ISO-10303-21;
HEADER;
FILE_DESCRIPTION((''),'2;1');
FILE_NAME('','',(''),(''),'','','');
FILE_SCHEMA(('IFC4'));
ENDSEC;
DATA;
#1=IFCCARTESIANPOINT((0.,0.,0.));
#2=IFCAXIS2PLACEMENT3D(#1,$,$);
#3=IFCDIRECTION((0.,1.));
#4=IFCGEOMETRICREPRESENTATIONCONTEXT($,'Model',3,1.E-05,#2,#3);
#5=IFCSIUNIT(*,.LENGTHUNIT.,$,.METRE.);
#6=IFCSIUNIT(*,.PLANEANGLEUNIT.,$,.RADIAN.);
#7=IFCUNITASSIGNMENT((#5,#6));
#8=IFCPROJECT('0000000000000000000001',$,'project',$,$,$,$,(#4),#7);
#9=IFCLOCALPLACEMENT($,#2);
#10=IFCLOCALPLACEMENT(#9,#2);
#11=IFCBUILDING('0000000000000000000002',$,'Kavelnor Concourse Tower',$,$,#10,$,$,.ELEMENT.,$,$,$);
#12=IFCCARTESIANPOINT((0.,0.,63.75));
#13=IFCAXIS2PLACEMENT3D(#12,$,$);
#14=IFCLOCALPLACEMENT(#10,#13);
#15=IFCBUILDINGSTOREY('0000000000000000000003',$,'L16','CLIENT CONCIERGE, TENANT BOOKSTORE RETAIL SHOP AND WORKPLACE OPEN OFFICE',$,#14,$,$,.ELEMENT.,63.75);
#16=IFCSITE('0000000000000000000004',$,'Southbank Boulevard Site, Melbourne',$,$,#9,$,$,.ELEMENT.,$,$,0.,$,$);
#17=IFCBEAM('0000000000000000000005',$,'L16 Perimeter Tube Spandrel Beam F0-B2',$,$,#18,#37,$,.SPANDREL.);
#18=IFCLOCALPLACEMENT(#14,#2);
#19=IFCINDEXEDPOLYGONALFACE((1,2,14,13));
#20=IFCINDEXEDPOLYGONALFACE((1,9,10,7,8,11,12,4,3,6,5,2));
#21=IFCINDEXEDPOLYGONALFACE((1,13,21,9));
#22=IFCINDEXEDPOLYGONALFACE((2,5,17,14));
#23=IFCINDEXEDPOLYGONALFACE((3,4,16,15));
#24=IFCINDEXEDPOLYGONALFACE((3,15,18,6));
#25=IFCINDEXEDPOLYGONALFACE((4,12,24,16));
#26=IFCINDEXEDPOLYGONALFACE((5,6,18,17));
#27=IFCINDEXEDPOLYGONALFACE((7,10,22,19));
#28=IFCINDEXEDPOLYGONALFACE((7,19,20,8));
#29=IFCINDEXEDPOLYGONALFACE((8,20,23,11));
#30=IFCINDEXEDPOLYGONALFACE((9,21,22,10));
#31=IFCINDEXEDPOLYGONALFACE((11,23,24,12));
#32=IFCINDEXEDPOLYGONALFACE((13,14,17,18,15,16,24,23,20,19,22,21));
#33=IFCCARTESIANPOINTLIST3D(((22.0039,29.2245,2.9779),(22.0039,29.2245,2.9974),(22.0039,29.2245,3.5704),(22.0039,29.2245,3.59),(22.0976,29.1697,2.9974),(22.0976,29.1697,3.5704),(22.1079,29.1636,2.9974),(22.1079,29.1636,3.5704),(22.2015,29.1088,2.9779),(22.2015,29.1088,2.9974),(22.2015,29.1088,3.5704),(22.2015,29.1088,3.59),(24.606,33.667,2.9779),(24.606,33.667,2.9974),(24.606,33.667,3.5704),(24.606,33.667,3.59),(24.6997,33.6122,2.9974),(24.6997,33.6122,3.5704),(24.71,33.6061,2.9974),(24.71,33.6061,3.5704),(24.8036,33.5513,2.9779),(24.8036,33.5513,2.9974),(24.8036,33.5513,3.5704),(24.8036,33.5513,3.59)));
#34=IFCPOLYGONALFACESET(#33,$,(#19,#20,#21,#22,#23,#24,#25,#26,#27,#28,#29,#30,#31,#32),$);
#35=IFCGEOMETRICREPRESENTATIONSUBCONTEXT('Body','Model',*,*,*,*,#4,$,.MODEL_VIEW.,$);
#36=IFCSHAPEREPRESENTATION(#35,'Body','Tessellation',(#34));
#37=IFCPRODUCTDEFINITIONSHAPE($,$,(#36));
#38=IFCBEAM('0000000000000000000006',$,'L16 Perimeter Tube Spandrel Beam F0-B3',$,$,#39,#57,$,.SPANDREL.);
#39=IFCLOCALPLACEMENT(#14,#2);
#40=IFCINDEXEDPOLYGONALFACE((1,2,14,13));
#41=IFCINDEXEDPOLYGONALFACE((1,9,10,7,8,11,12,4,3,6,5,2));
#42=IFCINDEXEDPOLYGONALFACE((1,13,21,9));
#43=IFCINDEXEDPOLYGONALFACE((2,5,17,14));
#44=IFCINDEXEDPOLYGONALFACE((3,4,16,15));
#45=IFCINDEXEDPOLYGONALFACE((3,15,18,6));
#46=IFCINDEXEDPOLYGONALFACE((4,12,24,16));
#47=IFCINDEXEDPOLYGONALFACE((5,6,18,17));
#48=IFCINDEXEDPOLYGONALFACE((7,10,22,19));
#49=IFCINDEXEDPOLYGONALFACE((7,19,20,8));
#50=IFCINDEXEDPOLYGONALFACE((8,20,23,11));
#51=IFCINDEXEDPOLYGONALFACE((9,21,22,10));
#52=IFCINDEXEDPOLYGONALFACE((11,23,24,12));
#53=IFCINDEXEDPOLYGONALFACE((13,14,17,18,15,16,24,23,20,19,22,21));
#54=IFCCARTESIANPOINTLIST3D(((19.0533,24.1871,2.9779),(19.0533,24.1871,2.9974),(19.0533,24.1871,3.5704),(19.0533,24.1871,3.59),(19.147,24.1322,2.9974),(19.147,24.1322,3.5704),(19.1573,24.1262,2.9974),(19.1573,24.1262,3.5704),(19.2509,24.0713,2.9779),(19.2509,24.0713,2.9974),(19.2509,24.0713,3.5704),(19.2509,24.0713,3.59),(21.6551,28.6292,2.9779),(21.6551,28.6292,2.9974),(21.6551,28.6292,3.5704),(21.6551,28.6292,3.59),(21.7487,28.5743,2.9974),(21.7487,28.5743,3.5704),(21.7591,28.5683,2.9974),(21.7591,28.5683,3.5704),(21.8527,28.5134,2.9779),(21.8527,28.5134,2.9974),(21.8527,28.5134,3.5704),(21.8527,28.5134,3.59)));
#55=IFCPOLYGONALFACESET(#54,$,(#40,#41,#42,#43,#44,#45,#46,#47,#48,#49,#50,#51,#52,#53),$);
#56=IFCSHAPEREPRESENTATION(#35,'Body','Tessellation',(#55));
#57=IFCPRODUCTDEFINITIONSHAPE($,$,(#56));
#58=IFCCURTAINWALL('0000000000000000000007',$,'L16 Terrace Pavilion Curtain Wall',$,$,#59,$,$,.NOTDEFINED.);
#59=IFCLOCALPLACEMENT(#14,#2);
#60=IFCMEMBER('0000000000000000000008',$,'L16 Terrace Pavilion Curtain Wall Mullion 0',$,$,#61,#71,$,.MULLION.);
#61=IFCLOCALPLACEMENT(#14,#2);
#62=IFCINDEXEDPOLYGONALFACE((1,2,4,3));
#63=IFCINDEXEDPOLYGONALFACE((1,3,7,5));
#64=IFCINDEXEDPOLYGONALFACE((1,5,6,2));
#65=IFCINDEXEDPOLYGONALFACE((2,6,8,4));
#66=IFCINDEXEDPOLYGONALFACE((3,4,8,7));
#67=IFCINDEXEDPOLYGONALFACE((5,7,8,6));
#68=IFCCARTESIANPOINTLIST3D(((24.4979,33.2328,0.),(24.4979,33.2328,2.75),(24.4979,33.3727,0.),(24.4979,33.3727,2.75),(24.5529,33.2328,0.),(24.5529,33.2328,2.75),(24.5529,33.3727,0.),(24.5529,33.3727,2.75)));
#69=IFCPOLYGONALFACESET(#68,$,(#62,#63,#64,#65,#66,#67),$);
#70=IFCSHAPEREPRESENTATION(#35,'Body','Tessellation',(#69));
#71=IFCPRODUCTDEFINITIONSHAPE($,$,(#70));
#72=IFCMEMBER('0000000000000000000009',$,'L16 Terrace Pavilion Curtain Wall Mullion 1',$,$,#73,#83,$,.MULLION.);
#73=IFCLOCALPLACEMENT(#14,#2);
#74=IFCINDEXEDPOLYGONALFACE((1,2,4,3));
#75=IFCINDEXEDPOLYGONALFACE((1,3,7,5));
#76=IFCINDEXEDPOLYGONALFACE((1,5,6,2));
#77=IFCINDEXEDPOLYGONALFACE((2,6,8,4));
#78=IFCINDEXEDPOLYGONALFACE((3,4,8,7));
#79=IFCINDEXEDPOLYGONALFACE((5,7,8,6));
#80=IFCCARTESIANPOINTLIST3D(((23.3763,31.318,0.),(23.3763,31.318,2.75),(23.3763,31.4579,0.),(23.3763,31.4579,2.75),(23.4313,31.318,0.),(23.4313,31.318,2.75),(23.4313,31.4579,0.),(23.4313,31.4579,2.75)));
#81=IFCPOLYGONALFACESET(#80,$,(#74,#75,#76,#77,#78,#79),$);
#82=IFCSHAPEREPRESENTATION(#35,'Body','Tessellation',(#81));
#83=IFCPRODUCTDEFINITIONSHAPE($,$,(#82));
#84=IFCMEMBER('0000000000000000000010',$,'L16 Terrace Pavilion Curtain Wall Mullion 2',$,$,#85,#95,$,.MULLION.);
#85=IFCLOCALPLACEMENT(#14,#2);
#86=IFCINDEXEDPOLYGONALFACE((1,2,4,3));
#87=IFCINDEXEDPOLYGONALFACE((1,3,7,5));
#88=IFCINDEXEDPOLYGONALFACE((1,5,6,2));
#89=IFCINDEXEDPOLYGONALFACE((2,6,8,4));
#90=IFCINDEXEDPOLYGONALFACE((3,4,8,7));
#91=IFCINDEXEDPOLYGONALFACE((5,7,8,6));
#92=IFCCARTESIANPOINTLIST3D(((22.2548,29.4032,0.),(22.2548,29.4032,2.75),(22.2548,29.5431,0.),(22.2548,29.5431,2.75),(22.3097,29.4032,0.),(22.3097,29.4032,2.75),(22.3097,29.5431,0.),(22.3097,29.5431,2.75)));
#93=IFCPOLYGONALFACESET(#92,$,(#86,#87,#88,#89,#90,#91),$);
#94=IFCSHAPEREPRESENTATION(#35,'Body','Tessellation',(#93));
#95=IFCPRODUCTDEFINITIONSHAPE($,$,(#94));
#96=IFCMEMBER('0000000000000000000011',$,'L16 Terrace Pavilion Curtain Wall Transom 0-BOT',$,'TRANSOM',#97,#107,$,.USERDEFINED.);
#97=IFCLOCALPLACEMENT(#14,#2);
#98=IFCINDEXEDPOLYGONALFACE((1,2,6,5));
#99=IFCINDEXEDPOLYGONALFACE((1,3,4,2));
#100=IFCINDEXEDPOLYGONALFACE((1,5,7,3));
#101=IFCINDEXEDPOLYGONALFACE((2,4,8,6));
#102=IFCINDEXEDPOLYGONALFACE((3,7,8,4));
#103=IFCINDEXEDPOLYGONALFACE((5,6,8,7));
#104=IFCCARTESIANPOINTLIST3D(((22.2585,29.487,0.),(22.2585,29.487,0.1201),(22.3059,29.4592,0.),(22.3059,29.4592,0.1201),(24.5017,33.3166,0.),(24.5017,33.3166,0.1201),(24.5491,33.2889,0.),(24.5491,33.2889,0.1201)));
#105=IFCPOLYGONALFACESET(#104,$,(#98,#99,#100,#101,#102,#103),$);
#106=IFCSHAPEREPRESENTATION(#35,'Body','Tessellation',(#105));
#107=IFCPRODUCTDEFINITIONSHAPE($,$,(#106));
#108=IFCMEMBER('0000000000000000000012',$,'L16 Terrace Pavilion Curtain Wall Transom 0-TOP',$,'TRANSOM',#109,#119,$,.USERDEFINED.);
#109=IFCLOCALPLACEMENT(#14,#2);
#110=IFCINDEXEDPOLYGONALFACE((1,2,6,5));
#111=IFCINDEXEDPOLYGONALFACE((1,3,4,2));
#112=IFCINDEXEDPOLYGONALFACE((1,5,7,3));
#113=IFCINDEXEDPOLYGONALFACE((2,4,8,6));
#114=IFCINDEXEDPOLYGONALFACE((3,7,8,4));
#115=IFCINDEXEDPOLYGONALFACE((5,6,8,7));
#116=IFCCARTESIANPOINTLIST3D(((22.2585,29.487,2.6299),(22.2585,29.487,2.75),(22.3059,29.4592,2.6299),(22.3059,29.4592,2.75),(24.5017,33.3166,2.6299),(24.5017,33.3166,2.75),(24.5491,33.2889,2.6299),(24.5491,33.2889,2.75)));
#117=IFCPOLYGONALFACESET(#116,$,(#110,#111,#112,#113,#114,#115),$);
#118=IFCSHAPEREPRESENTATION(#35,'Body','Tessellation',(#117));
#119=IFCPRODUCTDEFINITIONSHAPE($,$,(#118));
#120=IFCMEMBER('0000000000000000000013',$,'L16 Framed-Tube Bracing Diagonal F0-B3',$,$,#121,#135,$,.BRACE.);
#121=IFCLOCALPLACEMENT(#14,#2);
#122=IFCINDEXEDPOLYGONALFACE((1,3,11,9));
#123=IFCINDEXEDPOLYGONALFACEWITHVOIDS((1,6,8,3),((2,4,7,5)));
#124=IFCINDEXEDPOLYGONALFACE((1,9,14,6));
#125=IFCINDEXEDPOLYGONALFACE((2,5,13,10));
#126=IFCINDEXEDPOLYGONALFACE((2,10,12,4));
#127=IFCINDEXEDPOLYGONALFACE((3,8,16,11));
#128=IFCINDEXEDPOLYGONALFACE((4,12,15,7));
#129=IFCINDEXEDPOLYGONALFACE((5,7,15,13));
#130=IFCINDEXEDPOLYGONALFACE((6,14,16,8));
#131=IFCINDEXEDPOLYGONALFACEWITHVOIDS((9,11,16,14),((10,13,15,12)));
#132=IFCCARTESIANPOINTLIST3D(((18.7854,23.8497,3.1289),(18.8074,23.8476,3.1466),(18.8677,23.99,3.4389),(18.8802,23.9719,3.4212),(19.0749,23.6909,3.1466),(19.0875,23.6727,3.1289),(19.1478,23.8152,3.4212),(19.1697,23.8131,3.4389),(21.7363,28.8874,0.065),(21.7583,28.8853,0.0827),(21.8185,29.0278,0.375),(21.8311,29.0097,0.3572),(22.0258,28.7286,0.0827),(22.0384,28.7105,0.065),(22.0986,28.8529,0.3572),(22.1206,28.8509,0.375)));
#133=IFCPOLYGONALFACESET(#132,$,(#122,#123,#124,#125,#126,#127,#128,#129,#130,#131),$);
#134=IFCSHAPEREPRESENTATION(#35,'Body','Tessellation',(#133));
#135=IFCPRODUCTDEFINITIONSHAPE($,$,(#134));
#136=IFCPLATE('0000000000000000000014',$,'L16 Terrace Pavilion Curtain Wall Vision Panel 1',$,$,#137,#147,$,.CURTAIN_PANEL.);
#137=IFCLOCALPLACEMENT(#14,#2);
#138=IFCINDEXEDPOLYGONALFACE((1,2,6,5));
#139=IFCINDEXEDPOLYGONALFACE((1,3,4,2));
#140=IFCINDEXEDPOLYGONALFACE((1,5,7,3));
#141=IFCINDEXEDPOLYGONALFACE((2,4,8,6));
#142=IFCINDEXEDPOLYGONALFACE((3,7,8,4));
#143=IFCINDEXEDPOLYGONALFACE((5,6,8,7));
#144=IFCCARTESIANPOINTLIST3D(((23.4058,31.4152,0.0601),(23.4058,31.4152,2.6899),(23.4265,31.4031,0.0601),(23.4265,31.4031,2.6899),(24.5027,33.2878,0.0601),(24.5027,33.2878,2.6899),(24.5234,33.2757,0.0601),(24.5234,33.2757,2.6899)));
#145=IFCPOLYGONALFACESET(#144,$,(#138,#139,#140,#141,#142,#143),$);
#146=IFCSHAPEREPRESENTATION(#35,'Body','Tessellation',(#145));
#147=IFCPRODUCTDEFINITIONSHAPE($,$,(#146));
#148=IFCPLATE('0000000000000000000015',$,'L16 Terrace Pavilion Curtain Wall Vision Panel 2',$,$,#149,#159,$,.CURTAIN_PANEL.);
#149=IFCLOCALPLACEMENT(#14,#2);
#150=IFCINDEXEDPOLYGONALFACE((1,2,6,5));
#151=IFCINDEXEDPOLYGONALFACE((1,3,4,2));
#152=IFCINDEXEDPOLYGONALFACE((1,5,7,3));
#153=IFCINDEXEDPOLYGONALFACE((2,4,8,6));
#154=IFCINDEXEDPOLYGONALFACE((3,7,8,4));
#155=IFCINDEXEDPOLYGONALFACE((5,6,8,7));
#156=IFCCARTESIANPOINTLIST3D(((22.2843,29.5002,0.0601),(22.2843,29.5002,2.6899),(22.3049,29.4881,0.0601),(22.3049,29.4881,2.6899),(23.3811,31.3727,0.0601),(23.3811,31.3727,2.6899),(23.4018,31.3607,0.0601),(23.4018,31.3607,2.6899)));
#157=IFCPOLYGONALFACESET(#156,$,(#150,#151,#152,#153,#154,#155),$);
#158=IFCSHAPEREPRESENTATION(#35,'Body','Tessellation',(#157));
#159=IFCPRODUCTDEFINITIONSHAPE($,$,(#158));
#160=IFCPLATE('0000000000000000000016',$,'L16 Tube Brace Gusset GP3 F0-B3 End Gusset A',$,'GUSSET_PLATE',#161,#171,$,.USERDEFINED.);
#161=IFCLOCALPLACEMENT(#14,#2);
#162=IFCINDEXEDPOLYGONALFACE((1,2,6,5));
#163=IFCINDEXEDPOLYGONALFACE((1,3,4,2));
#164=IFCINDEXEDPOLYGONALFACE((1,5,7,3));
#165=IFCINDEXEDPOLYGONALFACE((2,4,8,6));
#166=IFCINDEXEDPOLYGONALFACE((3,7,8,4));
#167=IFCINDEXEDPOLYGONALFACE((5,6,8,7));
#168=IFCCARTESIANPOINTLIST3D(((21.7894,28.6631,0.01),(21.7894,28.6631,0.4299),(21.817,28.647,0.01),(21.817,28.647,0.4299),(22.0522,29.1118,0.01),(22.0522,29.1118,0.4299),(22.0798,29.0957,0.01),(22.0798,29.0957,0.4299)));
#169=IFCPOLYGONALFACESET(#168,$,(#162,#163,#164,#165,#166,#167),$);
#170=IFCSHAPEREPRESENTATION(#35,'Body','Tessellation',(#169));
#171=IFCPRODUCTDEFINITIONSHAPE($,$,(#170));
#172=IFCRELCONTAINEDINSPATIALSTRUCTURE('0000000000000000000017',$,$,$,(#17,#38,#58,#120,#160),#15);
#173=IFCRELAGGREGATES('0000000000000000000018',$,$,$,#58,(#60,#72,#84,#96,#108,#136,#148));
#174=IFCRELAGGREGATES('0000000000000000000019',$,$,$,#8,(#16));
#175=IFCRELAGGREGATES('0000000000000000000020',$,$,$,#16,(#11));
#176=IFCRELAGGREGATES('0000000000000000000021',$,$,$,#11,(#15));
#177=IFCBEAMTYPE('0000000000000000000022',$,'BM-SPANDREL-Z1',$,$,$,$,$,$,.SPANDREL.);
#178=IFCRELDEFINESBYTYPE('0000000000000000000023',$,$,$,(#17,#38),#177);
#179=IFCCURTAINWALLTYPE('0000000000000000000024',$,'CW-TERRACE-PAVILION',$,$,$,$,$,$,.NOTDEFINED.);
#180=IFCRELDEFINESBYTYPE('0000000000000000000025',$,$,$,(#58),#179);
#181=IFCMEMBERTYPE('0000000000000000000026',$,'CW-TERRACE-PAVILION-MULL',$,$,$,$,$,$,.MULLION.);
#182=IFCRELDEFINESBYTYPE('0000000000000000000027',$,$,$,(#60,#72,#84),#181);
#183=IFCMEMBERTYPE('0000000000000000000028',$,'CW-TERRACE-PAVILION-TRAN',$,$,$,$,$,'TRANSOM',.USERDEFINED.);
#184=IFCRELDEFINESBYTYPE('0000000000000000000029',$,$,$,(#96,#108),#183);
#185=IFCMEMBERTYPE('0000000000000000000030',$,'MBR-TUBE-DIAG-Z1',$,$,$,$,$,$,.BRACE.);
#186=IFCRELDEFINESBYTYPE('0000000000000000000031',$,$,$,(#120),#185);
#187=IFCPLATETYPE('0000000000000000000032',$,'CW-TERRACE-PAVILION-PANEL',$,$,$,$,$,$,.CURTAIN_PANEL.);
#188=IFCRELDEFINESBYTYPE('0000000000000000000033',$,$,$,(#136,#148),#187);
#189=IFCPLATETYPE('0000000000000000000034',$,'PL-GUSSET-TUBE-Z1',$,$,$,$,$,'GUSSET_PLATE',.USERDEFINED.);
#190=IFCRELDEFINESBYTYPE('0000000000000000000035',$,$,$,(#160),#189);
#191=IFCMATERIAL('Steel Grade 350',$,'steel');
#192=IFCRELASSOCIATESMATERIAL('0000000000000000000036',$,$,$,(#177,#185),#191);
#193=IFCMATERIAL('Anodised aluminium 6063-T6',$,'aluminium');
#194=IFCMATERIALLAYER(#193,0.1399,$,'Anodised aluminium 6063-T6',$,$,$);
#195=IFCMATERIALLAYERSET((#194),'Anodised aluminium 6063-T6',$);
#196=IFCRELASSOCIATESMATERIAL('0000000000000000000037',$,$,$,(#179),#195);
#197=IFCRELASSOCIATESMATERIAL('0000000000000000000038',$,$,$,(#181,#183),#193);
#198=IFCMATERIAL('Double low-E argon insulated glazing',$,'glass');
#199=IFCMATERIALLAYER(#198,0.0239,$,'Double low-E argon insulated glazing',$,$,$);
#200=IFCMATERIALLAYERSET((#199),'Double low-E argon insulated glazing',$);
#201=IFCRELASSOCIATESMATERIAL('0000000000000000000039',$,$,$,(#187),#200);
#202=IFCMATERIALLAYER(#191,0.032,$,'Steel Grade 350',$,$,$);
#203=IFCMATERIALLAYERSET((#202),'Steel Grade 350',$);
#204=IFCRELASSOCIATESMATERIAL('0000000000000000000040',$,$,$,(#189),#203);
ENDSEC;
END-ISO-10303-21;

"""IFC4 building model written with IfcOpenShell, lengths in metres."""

from ifc_helpers import new_model, si_unit, direction, frame, origin, origin_2d, place, context, subcontext, project, spatial, rectangle, hollow_rectangle, i_section, extrude, material, layer, layer_set, material_profile, profile_set, type_object, element, aggregate, save


model = new_model("IFC4")

# Units and contexts
model_context = context("Model", 3, precision=1e-05, world=origin(), true_north=direction((0.0, 1.0)))
body_context = subcontext(model_context, "Body", "Model", "MODEL_VIEW")
ifc_project = project(units=[si_unit("LENGTHUNIT", "METRE"), si_unit("PLANEANGLEUNIT", "RADIAN")], contexts=[model_context])

# Site, building, storey
site_placement = place(None, origin())
site = spatial("IfcSite", under=ifc_project, at=site_placement, Name="Southbank Boulevard Site, Melbourne", CompositionType="ELEMENT", RefElevation=0.0)
building_placement = place(site_placement, origin())
building = spatial("IfcBuilding", under=site, at=building_placement, Name="Kavelnor Concourse Tower", CompositionType="ELEMENT")
storey_placement = place(building_placement, frame((0.0, 0.0, 63.75)))
storey = spatial("IfcBuildingStorey", under=building, at=storey_placement, Name="L16", Description="CLIENT CONCIERGE, TENANT BOOKSTORE RETAIL SHOP AND WORKPLACE OPEN OFFICE", CompositionType="ELEMENT", Elevation=63.75)

# Shared definitions
ifc_material_1 = material(Name="Steel Grade 350", Category="steel")

# Beams
ifc_material_profile_1 = material_profile(ifc_material_1, i_section(OverallWidth=0.229, OverallDepth=0.6121, WebThickness=0.012, FlangeThickness=0.0195, at=origin_2d()), Name="610UB125")
ifc_profile_set_1 = profile_set([ifc_material_profile_1], Name="Steel Grade 350")
beam_type_1 = type_object("IfcBeamType", Name="BM-SPANDREL-Z1", PredefinedType="SPANDREL", material=ifc_profile_set_1)
for number, where, z_axis, x_axis, name in (
    (1, (24.7048, 33.6091, 3.2839), (-0.505415, -0.862876, 0.0), (0.862876, -0.505415, 0.0), "L16 Perimeter Tube Spandrel Beam F0-B2"),
):
    element("IfcBeam", number, at=place(storey_placement, frame(where, z_axis=z_axis, x_axis=x_axis)), inside=storey, type_object=beam_type_1, Name=name, PredefinedType="SPANDREL", context=body_context, shape_type="SweptSolid", body=[
        extrude(i_section(OverallWidth=0.229, OverallDepth=0.6121, WebThickness=0.012, FlangeThickness=0.0195, at=origin_2d()), origin(), (0.0, 0.0, 1.0), 5.1484),
    ])
beam_1_placement = place(storey_placement, frame((21.7539, 28.5713, 3.2839), z_axis=(-0.505401, -0.862885, 0.0), x_axis=(0.862885, -0.505401, 0.0)))
element("IfcBeam", 2, at=beam_1_placement, inside=storey, type_object=beam_type_1, Name="L16 Perimeter Tube Spandrel Beam F0-B3", PredefinedType="SPANDREL", context=body_context, shape_type="SweptSolid", body=[
    extrude(i_section(OverallWidth=0.229, OverallDepth=0.6121, WebThickness=0.012, FlangeThickness=0.0195, at=origin_2d()), origin(), (0.0, 0.0, 1.0), 5.1479),
])

# Curtain wall, members
ifc_material_2 = material(Name="Anodised aluminium 6063-T6", Category="aluminium")
ifc_layer_1 = layer(ifc_material_2, 0.1399, Name="Anodised aluminium 6063-T6")
ifc_layer_set_1 = layer_set([ifc_layer_1], Name="Anodised aluminium 6063-T6")
curtain_wall_type = type_object("IfcCurtainWallType", Name="CW-TERRACE-PAVILION", PredefinedType="NOTDEFINED", material=ifc_layer_set_1)
curtain_wall_placement = place(storey_placement, origin())
curtain_wall = element("IfcCurtainWall", 3, at=curtain_wall_placement, inside=storey, type_object=curtain_wall_type, Name="L16 Terrace Pavilion Curtain Wall", PredefinedType="NOTDEFINED")
ifc_material_profile_2 = material_profile(ifc_material_2, rectangle(XDim=0.0549, YDim=0.1399, at=origin_2d()), Name="AL-MULL 55x140")
ifc_profile_set_2 = profile_set([ifc_material_profile_2], Name="Anodised aluminium 6063-T6")
member_type_1 = type_object("IfcMemberType", Name="CW-TERRACE-PAVILION-MULL", PredefinedType="MULLION", material=ifc_profile_set_2)
member_1_placement = place(storey_placement, frame((24.5254, 33.3027, 0.0), z_axis=(0.0, 0.0, 1.0), x_axis=(1.0, 0.0, 0.0)))
member_1 = element("IfcMember", 4, at=member_1_placement, type_object=member_type_1, Name="L16 Terrace Pavilion Curtain Wall Mullion 0", PredefinedType="MULLION", context=body_context, shape_type="SweptSolid", body=[
    extrude(rectangle(XDim=0.0549, YDim=0.1399, at=origin_2d()), origin(), (0.0, 0.0, 1.0), 2.75),
])
member_2_placement = place(storey_placement, frame((23.4038, 31.3879, 0.0), z_axis=(0.0, 0.0, 1.0), x_axis=(1.0, 0.0, 0.0)))
member_2 = element("IfcMember", 5, at=member_2_placement, type_object=member_type_1, Name="L16 Terrace Pavilion Curtain Wall Mullion 1", PredefinedType="MULLION", context=body_context, shape_type="SweptSolid", body=[
    extrude(rectangle(XDim=0.0549, YDim=0.1399, at=origin_2d()), origin(), (0.0, 0.0, 1.0), 2.75),
])
member_3_placement = place(storey_placement, frame((22.2822, 29.4731, 0.0), z_axis=(0.0, 0.0, 1.0), x_axis=(1.0, 0.0, 0.0)))
member_3 = element("IfcMember", 6, at=member_3_placement, type_object=member_type_1, Name="L16 Terrace Pavilion Curtain Wall Mullion 2", PredefinedType="MULLION", context=body_context, shape_type="SweptSolid", body=[
    extrude(rectangle(XDim=0.0549, YDim=0.1399, at=origin_2d()), origin(), (0.0, 0.0, 1.0), 2.75),
])
ifc_material_profile_3 = material_profile(ifc_material_2, rectangle(XDim=0.0549, YDim=0.1201, at=origin_2d()), Name="AL-TRAN 55x120")
ifc_profile_set_3 = profile_set([ifc_material_profile_3], Name="Anodised aluminium 6063-T6")
member_type_2 = type_object("IfcMemberType", Name="CW-TERRACE-PAVILION-TRAN", ElementType="TRANSOM", PredefinedType="USERDEFINED", material=ifc_profile_set_3)
member_4_placement = place(storey_placement, frame((24.5254, 33.3027, 0.0601), z_axis=(-0.505423, -0.862872, 0.0), x_axis=(0.862872, -0.505423, 0.0)))
member_4 = element("IfcMember", 7, at=member_4_placement, type_object=member_type_2, Name="L16 Terrace Pavilion Curtain Wall Transom 0-BOT", ObjectType="TRANSOM", PredefinedType="USERDEFINED", context=body_context, shape_type="SweptSolid", body=[
    extrude(rectangle(XDim=0.0549, YDim=0.1201, at=origin_2d()), origin(), (0.0, 0.0, 1.0), 4.4382),
])
member_5_placement = place(storey_placement, frame((24.5254, 33.3027, 2.6899), z_axis=(-0.505423, -0.862872, 0.0), x_axis=(0.862872, -0.505423, 0.0)))
member_5 = element("IfcMember", 8, at=member_5_placement, type_object=member_type_2, Name="L16 Terrace Pavilion Curtain Wall Transom 0-TOP", ObjectType="TRANSOM", PredefinedType="USERDEFINED", context=body_context, shape_type="SweptSolid", body=[
    extrude(rectangle(XDim=0.0549, YDim=0.1201, at=origin_2d()), origin(), (0.0, 0.0, 1.0), 4.4382),
])

# Member
ifc_material_profile_4 = material_profile(ifc_material_1, hollow_rectangle(XDim=0.3501, YDim=0.3501, WallThickness=0.02, at=origin_2d()), Name="SHS 350x350x20")
ifc_profile_set_4 = profile_set([ifc_material_profile_4], Name="Steel Grade 350")
member_type_3 = type_object("IfcMemberType", Name="MBR-TUBE-DIAG-Z1", PredefinedType="BRACE", material=ifc_profile_set_4)
member_6_placement = place(storey_placement, frame((21.9285, 28.8691, 0.22), z_axis=(-0.447544, -0.764049, 0.464687), x_axis=(0.862869, -0.505428, 0.0)))
element("IfcMember", 9, at=member_6_placement, inside=storey, type_object=member_type_3, Name="L16 Framed-Tube Bracing Diagonal F0-B3", PredefinedType="BRACE", context=body_context, shape_type="SweptSolid", body=[
    extrude(hollow_rectangle(XDim=0.3501, YDim=0.3501, WallThickness=0.02, at=origin_2d()), origin(), (0.0, 0.0, 1.0), 6.5935),
])

# Plates
ifc_material_3 = material(Name="Double low-E argon insulated glazing", Category="glass")
ifc_layer_2 = layer(ifc_material_3, 0.0239, Name="Double low-E argon insulated glazing")
ifc_layer_set_2 = layer_set([ifc_layer_2], Name="Double low-E argon insulated glazing")
plate_type_1 = type_object("IfcPlateType", Name="CW-TERRACE-PAVILION-PANEL", PredefinedType="CURTAIN_PANEL", material=ifc_layer_set_2)
plate_1_placement = place(storey_placement, frame((23.9646, 32.3455, 0.0601), z_axis=(0.0, 0.0, 1.0), x_axis=(-0.505431, -0.862867, 0.0)))
plate_1 = element("IfcPlate", 10, at=plate_1_placement, type_object=plate_type_1, Name="L16 Terrace Pavilion Curtain Wall Vision Panel 1", PredefinedType="CURTAIN_PANEL", context=body_context, shape_type="SweptSolid", body=[
    extrude(rectangle(XDim=2.1702, YDim=0.0239, at=origin_2d()), origin(), (0.0, 0.0, 1.0), 2.6299),
])
plate_2_placement = place(storey_placement, frame((22.843, 30.4304, 0.0601), z_axis=(0.0, 0.0, 1.0), x_axis=(-0.505431, -0.862867, 0.0)))
plate_2 = element("IfcPlate", 11, at=plate_2_placement, type_object=plate_type_1, Name="L16 Terrace Pavilion Curtain Wall Vision Panel 2", PredefinedType="CURTAIN_PANEL", context=body_context, shape_type="SweptSolid", body=[
    extrude(rectangle(XDim=2.1702, YDim=0.0239, at=origin_2d()), origin(), (0.0, 0.0, 1.0), 2.6299),
])
aggregate(curtain_wall, [member_1, member_2, member_3, member_4, member_5, plate_1, plate_2])
ifc_layer_3 = layer(ifc_material_1, 0.032, Name="Steel Grade 350")
ifc_layer_set_3 = layer_set([ifc_layer_3], Name="Steel Grade 350")
plate_type_2 = type_object("IfcPlateType", Name="PL-GUSSET-TUBE-Z1", ElementType="GUSSET_PLATE", PredefinedType="USERDEFINED", material=ifc_layer_set_3)
plate_3_placement = place(storey_placement, frame((21.9346, 28.8794, 0.01), z_axis=(0.0, 0.0, 1.0), x_axis=(-0.505431, -0.862867, 0.0)))
element("IfcPlate", 12, at=plate_3_placement, inside=storey, type_object=plate_type_2, Name="L16 Tube Brace Gusset GP3 F0-B3 End Gusset A", ObjectType="GUSSET_PLATE", PredefinedType="USERDEFINED", context=body_context, shape_type="SweptSolid", body=[
    extrude(rectangle(XDim=0.52, YDim=0.032, at=origin_2d()), origin(), (0.0, 0.0, 1.0), 0.4199),
])

save(model, "model.ifc")
